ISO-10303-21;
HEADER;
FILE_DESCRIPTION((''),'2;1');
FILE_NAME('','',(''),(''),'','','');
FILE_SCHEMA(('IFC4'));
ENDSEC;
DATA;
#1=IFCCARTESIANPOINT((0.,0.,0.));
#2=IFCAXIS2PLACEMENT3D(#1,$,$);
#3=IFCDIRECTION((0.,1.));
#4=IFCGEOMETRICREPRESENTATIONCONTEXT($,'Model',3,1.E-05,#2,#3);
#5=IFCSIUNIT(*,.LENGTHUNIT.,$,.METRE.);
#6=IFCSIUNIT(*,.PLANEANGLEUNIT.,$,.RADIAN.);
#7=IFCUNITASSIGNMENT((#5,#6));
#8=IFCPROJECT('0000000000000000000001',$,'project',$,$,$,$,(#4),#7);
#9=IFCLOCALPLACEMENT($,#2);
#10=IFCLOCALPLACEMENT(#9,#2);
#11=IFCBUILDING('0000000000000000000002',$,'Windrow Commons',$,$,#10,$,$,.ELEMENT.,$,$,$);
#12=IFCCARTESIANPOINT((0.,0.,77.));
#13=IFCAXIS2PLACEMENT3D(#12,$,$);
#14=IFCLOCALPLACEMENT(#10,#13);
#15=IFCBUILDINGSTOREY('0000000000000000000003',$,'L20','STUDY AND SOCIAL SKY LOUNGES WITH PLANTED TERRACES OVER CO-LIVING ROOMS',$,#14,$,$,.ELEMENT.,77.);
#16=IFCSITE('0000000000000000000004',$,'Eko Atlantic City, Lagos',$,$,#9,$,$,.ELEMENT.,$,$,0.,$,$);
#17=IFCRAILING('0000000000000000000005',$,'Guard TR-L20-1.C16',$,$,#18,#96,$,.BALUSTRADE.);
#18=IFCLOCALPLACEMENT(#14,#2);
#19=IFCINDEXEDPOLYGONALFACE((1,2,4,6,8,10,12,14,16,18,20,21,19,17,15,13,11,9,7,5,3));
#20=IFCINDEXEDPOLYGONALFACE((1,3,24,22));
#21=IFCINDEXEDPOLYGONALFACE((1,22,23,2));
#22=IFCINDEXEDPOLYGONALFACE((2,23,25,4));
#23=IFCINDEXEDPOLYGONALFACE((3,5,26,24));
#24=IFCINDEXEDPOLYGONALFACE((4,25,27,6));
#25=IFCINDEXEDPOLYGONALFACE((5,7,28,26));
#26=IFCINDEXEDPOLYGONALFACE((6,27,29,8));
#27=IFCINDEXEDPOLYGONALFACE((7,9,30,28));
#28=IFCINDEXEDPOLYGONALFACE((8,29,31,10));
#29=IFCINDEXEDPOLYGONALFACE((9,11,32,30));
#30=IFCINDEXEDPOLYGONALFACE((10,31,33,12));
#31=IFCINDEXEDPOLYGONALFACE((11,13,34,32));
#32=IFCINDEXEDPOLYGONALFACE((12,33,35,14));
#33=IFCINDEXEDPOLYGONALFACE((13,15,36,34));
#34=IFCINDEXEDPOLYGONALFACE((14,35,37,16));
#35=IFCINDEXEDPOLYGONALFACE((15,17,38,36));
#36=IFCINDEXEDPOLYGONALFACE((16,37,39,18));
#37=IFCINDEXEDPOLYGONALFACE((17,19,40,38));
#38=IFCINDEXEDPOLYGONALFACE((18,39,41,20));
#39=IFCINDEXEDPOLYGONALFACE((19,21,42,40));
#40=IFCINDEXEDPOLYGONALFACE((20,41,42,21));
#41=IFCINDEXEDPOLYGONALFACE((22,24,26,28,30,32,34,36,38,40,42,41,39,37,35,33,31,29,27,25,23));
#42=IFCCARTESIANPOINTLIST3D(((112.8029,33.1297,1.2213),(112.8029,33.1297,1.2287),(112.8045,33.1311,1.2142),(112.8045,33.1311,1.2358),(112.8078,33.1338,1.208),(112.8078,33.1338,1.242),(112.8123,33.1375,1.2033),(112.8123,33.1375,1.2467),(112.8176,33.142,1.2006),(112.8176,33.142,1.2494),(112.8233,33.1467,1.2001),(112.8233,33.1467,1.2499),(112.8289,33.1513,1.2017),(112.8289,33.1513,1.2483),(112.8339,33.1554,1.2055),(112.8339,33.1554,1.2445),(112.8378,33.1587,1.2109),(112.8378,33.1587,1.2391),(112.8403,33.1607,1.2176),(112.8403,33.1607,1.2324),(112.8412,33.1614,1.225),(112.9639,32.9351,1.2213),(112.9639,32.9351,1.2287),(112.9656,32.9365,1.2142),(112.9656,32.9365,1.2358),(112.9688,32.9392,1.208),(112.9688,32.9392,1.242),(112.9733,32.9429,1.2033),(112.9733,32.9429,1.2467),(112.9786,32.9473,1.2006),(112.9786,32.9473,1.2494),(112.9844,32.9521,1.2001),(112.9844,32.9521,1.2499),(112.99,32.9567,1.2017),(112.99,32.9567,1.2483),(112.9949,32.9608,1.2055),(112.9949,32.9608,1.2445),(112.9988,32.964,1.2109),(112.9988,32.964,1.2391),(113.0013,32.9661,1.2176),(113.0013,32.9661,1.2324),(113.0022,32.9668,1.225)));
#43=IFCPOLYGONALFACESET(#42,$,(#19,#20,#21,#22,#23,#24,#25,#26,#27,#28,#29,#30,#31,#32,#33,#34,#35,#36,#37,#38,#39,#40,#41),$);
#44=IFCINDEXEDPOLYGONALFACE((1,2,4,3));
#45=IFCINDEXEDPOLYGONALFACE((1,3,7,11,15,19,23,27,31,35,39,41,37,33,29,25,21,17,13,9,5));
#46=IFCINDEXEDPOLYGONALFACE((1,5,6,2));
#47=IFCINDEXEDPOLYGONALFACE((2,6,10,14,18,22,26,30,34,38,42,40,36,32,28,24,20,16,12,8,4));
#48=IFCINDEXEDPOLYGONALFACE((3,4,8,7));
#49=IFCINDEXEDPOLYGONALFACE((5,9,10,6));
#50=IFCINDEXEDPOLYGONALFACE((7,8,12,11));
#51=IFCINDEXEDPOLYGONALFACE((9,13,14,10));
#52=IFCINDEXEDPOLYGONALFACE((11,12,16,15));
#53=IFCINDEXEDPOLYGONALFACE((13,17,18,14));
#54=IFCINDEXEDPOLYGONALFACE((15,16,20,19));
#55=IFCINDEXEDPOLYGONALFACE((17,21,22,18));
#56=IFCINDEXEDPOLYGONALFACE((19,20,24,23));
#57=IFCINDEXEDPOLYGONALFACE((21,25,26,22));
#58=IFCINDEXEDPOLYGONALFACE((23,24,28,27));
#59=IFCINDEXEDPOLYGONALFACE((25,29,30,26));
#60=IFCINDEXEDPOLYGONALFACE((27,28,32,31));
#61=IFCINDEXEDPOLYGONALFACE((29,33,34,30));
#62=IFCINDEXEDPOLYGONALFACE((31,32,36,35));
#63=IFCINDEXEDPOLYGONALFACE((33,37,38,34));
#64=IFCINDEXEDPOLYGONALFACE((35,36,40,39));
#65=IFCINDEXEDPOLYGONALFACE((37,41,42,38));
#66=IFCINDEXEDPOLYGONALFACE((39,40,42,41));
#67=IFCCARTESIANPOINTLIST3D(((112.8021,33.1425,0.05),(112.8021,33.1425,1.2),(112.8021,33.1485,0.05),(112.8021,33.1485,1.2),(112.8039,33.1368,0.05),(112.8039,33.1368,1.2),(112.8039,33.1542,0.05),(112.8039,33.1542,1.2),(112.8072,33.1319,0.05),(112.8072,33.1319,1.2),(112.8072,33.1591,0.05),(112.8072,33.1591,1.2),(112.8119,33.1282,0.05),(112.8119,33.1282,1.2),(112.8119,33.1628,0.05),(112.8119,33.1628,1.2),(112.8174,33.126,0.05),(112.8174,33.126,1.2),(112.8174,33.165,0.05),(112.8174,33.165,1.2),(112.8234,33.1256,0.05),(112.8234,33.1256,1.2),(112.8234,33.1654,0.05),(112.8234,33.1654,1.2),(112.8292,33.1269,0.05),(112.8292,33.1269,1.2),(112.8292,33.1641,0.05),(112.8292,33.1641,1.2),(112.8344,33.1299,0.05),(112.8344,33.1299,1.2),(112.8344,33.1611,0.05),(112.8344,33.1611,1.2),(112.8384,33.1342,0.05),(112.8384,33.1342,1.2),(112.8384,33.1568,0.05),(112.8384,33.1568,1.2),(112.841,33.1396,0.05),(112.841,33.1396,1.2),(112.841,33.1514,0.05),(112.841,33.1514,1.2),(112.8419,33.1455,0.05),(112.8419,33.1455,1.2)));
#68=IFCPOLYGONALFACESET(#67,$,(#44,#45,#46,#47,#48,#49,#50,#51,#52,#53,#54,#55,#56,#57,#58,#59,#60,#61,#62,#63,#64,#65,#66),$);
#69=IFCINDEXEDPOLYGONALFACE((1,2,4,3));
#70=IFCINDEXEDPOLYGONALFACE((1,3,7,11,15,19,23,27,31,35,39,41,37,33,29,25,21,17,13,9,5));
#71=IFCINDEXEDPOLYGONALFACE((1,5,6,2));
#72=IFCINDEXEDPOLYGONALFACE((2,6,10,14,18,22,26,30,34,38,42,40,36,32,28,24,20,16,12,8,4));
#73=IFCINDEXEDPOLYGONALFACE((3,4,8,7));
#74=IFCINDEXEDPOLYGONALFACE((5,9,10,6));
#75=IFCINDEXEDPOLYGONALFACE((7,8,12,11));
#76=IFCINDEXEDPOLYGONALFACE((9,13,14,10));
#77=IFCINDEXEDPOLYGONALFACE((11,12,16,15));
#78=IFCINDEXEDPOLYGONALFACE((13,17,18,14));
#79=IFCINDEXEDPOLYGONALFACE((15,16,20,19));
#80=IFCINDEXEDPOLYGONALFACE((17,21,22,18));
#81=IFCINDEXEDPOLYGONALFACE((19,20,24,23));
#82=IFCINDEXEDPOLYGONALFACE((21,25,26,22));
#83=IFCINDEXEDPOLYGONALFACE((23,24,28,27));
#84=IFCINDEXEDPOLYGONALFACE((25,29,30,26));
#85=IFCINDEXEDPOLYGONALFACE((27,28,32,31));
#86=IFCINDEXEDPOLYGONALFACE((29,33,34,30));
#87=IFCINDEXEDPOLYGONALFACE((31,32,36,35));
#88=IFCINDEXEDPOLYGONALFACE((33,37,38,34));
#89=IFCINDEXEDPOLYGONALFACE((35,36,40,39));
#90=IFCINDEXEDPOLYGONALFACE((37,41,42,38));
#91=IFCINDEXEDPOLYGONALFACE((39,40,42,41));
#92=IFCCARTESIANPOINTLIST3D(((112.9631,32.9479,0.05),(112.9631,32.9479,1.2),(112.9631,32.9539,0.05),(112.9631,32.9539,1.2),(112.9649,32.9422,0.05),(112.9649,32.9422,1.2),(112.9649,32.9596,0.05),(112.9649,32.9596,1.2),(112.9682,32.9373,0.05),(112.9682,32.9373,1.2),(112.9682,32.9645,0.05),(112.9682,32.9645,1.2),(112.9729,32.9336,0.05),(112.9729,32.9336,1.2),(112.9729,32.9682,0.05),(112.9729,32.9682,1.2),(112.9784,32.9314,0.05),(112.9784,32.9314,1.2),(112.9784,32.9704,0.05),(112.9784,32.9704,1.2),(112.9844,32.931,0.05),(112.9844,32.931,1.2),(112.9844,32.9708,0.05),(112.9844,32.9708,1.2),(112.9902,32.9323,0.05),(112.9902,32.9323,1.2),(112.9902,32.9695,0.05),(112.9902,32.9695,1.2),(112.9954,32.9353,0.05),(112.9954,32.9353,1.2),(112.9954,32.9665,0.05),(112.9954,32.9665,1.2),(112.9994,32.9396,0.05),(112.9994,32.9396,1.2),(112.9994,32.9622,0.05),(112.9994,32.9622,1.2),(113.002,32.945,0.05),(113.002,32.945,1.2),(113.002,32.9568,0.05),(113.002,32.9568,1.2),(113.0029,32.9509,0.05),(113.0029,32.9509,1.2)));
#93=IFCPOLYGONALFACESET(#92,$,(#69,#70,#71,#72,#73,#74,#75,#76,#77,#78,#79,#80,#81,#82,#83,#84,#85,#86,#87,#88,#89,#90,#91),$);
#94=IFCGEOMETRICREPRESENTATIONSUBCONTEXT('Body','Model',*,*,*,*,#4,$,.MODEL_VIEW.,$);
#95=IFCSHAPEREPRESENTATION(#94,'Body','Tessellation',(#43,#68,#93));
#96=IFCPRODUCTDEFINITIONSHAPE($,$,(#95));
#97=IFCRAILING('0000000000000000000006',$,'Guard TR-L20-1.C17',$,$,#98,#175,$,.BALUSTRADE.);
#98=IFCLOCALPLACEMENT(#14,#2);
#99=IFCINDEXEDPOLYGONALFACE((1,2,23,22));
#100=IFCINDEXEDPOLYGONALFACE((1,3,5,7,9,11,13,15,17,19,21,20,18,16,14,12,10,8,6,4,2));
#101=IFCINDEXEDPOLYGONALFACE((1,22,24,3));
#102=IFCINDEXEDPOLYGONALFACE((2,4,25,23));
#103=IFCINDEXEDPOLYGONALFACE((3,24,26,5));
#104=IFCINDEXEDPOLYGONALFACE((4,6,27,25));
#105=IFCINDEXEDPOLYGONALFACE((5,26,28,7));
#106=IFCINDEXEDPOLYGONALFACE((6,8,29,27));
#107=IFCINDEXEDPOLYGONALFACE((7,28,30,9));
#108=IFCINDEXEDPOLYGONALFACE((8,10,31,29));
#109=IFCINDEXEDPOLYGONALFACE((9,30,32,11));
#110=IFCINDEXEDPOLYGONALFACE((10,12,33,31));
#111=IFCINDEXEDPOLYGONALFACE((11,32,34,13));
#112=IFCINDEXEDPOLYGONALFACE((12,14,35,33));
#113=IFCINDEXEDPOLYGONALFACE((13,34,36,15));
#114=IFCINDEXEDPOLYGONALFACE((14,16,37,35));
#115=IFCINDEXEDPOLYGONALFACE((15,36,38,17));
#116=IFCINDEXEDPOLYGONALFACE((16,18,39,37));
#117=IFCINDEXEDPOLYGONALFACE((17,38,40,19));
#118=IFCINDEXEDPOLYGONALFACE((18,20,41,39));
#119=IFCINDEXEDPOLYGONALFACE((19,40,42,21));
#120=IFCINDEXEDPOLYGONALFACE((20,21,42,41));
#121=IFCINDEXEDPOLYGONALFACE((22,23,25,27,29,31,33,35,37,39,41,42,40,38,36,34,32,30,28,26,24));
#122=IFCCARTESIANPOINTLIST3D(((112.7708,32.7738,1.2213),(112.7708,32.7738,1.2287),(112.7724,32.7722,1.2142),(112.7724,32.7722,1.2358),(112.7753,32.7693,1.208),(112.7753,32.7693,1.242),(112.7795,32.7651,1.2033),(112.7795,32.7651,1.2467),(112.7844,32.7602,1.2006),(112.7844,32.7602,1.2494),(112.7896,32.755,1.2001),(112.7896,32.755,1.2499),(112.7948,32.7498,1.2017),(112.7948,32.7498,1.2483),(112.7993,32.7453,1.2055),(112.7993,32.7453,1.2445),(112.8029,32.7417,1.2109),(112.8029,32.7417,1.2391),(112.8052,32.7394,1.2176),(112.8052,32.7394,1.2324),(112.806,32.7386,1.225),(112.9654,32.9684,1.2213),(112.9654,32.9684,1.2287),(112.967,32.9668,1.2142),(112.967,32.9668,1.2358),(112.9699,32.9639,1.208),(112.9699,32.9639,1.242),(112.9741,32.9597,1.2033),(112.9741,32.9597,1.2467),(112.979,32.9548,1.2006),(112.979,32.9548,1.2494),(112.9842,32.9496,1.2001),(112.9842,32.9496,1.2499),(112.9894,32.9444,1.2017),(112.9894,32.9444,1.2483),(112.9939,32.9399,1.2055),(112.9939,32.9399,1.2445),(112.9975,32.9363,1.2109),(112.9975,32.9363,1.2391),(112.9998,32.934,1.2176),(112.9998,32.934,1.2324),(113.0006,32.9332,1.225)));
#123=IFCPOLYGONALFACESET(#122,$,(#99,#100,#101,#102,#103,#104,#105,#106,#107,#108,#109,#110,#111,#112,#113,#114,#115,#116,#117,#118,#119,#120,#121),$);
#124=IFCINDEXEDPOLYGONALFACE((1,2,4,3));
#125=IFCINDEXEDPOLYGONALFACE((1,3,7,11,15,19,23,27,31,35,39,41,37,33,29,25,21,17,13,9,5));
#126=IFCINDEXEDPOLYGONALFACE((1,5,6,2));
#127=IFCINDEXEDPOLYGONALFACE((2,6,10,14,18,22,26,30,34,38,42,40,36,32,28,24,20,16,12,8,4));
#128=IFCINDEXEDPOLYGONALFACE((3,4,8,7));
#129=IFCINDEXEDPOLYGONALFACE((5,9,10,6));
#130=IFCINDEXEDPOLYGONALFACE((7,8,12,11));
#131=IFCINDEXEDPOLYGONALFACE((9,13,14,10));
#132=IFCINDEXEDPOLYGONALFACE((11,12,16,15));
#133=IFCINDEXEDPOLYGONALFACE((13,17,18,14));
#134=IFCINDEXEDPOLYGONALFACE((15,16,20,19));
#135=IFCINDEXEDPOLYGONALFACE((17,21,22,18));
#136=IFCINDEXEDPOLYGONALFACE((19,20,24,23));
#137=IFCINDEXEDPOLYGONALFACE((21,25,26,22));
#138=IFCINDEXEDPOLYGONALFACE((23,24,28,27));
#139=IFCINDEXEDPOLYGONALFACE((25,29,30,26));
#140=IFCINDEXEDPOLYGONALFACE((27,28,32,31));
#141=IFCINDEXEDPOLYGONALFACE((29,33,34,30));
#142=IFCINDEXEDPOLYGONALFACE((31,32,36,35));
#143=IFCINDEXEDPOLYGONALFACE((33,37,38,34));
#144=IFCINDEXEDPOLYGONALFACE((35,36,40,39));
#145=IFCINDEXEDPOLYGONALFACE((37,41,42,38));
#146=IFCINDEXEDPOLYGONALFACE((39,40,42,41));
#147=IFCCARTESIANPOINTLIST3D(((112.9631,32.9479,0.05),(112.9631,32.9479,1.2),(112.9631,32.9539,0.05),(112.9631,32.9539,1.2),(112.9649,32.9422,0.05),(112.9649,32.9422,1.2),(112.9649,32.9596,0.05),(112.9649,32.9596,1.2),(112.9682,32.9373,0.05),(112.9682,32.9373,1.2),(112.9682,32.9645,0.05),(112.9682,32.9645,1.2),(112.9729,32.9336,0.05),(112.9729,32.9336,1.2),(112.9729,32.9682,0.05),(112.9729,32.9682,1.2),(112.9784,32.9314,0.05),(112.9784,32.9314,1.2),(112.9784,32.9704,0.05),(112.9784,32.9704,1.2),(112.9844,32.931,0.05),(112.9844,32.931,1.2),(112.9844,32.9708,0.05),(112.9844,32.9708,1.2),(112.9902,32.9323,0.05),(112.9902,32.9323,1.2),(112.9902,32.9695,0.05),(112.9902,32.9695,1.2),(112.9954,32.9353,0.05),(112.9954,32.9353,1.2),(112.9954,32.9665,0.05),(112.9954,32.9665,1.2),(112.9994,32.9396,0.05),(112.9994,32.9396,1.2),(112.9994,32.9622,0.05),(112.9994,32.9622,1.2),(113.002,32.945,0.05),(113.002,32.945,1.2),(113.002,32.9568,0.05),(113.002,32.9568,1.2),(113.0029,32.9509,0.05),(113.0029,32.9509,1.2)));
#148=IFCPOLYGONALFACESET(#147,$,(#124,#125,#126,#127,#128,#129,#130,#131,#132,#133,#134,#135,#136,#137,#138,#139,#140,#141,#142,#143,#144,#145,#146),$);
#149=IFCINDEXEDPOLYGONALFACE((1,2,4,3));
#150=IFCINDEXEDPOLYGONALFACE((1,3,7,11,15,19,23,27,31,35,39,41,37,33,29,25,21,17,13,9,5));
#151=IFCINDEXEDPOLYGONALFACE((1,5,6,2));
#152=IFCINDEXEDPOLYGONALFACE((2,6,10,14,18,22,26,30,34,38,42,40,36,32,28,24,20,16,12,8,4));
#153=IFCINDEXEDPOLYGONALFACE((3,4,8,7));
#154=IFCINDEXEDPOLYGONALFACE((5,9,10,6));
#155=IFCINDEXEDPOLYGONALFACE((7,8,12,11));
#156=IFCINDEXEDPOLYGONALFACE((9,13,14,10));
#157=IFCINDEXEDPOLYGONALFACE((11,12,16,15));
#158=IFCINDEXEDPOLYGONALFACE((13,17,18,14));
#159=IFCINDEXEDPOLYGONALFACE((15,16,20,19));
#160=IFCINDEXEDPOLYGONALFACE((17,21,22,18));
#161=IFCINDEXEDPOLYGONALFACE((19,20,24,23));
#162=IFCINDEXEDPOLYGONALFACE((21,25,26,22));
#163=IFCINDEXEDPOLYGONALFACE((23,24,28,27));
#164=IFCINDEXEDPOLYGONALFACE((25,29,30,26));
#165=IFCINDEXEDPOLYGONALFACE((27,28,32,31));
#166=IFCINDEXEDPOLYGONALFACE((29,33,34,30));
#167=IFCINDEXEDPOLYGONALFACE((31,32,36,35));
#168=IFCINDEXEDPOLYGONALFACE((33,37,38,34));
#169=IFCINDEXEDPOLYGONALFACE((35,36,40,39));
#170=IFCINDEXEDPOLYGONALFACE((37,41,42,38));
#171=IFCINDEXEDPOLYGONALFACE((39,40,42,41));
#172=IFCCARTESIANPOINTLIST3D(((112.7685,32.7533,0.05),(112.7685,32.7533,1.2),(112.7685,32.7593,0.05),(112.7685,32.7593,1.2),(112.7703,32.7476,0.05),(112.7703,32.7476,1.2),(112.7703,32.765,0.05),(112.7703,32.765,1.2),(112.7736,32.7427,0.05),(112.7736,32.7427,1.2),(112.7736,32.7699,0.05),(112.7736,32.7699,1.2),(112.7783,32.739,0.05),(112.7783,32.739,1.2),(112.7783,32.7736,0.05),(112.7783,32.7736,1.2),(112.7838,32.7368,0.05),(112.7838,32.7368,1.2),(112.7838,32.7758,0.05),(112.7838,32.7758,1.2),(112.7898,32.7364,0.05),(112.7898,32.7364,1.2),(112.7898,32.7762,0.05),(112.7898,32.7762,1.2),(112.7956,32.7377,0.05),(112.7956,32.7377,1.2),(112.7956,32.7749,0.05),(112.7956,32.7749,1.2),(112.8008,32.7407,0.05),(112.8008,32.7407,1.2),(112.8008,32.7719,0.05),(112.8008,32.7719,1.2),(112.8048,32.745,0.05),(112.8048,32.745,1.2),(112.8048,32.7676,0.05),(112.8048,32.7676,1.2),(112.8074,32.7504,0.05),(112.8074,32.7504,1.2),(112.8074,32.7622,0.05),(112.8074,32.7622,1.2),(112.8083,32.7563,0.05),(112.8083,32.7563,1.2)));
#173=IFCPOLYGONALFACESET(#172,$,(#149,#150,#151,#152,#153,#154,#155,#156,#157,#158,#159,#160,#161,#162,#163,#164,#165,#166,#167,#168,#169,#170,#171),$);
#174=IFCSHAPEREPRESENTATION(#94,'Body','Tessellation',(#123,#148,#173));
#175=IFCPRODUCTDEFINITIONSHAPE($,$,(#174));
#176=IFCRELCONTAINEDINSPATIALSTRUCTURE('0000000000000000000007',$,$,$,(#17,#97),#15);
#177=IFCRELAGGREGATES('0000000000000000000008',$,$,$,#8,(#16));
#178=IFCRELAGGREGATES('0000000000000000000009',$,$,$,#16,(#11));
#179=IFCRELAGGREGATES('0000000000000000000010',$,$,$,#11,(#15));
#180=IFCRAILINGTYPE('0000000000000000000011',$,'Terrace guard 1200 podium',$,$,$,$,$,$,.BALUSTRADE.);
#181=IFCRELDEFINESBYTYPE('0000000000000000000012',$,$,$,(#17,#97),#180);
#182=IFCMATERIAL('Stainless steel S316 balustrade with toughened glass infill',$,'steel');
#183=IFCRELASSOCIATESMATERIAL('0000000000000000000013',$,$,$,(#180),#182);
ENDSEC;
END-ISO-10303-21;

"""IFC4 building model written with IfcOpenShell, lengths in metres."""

from ifc_helpers import new_model, si_unit, direction, frame, origin, origin_2d, place, context, subcontext, project, spatial, circle, extrude, material, type_object, element, save


model = new_model("IFC4")

# Units and contexts
model_context = context("Model", 3, precision=1e-05, world=origin(), true_north=direction((0.0, 1.0)))
body_context = subcontext(model_context, "Body", "Model", "MODEL_VIEW")
ifc_project = project(units=[si_unit("LENGTHUNIT", "METRE"), si_unit("PLANEANGLEUNIT", "RADIAN")], contexts=[model_context])

# Site, building, storey
site_placement = place(None, origin())
site = spatial("IfcSite", under=ifc_project, at=site_placement, Name="Eko Atlantic City, Lagos", CompositionType="ELEMENT", RefElevation=0.0)
building_placement = place(site_placement, origin())
building = spatial("IfcBuilding", under=site, at=building_placement, Name="Windrow Commons", CompositionType="ELEMENT")
storey_placement = place(building_placement, frame((0.0, 0.0, 77.0)))
storey = spatial("IfcBuildingStorey", under=building, at=storey_placement, Name="L20", Description="STUDY AND SOCIAL SKY LOUNGES WITH PLANTED TERRACES OVER CO-LIVING ROOMS", CompositionType="ELEMENT", Elevation=77.0)

# Railings
ifc_material_1 = material(Name="Stainless steel S316 balustrade with toughened glass infill", Category="steel")
railing_type = type_object("IfcRailingType", Name="Terrace guard 1200 podium", PredefinedType="BALUSTRADE", material=ifc_material_1)
railing_1_placement = place(storey_placement, frame((112.8219, 33.1455, 0.05)))
element("IfcRailing", 1, at=railing_1_placement, inside=storey, type_object=railing_type, Name="Guard TR-L20-1.C16", PredefinedType="BALUSTRADE", context=body_context, shape_type="SweptSolid", body=[
    extrude(circle(Radius=0.025, at=origin_2d()), frame((0.0, 0.0, 1.175), z_axis=(0.637454, -0.770488, 0.0), x_axis=(0.770488, 0.637454, 0.0)), (0.0, 0.0, 1.0), 0.2526),
    extrude(circle(Radius=0.02, at=origin_2d()), origin(), (0.0, 0.0, 1.0), 1.15),
    extrude(circle(Radius=0.02, at=origin_2d()), frame((0.161, -0.1946, 0.0)), (0.0, 0.0, 1.0), 1.15),
])
railing_2_placement = place(storey_placement, frame((112.9829, 32.9509, 0.05)))
element("IfcRailing", 2, at=railing_2_placement, inside=storey, type_object=railing_type, Name="Guard TR-L20-1.C17", PredefinedType="BALUSTRADE", context=body_context, shape_type="SweptSolid", body=[
    extrude(circle(Radius=0.025, at=origin_2d()), frame((0.0, 0.0, 1.175), z_axis=(-0.707107, -0.707107, 0.0), x_axis=(0.707107, -0.707107, 0.0)), (0.0, 0.0, 1.0), 0.2752),
    extrude(circle(Radius=0.02, at=origin_2d()), origin(), (0.0, 0.0, 1.0), 1.15),
    extrude(circle(Radius=0.02, at=origin_2d()), frame((-0.1946, -0.1946, 0.0)), (0.0, 0.0, 1.0), 1.15),
])

save(model, "model.ifc")
